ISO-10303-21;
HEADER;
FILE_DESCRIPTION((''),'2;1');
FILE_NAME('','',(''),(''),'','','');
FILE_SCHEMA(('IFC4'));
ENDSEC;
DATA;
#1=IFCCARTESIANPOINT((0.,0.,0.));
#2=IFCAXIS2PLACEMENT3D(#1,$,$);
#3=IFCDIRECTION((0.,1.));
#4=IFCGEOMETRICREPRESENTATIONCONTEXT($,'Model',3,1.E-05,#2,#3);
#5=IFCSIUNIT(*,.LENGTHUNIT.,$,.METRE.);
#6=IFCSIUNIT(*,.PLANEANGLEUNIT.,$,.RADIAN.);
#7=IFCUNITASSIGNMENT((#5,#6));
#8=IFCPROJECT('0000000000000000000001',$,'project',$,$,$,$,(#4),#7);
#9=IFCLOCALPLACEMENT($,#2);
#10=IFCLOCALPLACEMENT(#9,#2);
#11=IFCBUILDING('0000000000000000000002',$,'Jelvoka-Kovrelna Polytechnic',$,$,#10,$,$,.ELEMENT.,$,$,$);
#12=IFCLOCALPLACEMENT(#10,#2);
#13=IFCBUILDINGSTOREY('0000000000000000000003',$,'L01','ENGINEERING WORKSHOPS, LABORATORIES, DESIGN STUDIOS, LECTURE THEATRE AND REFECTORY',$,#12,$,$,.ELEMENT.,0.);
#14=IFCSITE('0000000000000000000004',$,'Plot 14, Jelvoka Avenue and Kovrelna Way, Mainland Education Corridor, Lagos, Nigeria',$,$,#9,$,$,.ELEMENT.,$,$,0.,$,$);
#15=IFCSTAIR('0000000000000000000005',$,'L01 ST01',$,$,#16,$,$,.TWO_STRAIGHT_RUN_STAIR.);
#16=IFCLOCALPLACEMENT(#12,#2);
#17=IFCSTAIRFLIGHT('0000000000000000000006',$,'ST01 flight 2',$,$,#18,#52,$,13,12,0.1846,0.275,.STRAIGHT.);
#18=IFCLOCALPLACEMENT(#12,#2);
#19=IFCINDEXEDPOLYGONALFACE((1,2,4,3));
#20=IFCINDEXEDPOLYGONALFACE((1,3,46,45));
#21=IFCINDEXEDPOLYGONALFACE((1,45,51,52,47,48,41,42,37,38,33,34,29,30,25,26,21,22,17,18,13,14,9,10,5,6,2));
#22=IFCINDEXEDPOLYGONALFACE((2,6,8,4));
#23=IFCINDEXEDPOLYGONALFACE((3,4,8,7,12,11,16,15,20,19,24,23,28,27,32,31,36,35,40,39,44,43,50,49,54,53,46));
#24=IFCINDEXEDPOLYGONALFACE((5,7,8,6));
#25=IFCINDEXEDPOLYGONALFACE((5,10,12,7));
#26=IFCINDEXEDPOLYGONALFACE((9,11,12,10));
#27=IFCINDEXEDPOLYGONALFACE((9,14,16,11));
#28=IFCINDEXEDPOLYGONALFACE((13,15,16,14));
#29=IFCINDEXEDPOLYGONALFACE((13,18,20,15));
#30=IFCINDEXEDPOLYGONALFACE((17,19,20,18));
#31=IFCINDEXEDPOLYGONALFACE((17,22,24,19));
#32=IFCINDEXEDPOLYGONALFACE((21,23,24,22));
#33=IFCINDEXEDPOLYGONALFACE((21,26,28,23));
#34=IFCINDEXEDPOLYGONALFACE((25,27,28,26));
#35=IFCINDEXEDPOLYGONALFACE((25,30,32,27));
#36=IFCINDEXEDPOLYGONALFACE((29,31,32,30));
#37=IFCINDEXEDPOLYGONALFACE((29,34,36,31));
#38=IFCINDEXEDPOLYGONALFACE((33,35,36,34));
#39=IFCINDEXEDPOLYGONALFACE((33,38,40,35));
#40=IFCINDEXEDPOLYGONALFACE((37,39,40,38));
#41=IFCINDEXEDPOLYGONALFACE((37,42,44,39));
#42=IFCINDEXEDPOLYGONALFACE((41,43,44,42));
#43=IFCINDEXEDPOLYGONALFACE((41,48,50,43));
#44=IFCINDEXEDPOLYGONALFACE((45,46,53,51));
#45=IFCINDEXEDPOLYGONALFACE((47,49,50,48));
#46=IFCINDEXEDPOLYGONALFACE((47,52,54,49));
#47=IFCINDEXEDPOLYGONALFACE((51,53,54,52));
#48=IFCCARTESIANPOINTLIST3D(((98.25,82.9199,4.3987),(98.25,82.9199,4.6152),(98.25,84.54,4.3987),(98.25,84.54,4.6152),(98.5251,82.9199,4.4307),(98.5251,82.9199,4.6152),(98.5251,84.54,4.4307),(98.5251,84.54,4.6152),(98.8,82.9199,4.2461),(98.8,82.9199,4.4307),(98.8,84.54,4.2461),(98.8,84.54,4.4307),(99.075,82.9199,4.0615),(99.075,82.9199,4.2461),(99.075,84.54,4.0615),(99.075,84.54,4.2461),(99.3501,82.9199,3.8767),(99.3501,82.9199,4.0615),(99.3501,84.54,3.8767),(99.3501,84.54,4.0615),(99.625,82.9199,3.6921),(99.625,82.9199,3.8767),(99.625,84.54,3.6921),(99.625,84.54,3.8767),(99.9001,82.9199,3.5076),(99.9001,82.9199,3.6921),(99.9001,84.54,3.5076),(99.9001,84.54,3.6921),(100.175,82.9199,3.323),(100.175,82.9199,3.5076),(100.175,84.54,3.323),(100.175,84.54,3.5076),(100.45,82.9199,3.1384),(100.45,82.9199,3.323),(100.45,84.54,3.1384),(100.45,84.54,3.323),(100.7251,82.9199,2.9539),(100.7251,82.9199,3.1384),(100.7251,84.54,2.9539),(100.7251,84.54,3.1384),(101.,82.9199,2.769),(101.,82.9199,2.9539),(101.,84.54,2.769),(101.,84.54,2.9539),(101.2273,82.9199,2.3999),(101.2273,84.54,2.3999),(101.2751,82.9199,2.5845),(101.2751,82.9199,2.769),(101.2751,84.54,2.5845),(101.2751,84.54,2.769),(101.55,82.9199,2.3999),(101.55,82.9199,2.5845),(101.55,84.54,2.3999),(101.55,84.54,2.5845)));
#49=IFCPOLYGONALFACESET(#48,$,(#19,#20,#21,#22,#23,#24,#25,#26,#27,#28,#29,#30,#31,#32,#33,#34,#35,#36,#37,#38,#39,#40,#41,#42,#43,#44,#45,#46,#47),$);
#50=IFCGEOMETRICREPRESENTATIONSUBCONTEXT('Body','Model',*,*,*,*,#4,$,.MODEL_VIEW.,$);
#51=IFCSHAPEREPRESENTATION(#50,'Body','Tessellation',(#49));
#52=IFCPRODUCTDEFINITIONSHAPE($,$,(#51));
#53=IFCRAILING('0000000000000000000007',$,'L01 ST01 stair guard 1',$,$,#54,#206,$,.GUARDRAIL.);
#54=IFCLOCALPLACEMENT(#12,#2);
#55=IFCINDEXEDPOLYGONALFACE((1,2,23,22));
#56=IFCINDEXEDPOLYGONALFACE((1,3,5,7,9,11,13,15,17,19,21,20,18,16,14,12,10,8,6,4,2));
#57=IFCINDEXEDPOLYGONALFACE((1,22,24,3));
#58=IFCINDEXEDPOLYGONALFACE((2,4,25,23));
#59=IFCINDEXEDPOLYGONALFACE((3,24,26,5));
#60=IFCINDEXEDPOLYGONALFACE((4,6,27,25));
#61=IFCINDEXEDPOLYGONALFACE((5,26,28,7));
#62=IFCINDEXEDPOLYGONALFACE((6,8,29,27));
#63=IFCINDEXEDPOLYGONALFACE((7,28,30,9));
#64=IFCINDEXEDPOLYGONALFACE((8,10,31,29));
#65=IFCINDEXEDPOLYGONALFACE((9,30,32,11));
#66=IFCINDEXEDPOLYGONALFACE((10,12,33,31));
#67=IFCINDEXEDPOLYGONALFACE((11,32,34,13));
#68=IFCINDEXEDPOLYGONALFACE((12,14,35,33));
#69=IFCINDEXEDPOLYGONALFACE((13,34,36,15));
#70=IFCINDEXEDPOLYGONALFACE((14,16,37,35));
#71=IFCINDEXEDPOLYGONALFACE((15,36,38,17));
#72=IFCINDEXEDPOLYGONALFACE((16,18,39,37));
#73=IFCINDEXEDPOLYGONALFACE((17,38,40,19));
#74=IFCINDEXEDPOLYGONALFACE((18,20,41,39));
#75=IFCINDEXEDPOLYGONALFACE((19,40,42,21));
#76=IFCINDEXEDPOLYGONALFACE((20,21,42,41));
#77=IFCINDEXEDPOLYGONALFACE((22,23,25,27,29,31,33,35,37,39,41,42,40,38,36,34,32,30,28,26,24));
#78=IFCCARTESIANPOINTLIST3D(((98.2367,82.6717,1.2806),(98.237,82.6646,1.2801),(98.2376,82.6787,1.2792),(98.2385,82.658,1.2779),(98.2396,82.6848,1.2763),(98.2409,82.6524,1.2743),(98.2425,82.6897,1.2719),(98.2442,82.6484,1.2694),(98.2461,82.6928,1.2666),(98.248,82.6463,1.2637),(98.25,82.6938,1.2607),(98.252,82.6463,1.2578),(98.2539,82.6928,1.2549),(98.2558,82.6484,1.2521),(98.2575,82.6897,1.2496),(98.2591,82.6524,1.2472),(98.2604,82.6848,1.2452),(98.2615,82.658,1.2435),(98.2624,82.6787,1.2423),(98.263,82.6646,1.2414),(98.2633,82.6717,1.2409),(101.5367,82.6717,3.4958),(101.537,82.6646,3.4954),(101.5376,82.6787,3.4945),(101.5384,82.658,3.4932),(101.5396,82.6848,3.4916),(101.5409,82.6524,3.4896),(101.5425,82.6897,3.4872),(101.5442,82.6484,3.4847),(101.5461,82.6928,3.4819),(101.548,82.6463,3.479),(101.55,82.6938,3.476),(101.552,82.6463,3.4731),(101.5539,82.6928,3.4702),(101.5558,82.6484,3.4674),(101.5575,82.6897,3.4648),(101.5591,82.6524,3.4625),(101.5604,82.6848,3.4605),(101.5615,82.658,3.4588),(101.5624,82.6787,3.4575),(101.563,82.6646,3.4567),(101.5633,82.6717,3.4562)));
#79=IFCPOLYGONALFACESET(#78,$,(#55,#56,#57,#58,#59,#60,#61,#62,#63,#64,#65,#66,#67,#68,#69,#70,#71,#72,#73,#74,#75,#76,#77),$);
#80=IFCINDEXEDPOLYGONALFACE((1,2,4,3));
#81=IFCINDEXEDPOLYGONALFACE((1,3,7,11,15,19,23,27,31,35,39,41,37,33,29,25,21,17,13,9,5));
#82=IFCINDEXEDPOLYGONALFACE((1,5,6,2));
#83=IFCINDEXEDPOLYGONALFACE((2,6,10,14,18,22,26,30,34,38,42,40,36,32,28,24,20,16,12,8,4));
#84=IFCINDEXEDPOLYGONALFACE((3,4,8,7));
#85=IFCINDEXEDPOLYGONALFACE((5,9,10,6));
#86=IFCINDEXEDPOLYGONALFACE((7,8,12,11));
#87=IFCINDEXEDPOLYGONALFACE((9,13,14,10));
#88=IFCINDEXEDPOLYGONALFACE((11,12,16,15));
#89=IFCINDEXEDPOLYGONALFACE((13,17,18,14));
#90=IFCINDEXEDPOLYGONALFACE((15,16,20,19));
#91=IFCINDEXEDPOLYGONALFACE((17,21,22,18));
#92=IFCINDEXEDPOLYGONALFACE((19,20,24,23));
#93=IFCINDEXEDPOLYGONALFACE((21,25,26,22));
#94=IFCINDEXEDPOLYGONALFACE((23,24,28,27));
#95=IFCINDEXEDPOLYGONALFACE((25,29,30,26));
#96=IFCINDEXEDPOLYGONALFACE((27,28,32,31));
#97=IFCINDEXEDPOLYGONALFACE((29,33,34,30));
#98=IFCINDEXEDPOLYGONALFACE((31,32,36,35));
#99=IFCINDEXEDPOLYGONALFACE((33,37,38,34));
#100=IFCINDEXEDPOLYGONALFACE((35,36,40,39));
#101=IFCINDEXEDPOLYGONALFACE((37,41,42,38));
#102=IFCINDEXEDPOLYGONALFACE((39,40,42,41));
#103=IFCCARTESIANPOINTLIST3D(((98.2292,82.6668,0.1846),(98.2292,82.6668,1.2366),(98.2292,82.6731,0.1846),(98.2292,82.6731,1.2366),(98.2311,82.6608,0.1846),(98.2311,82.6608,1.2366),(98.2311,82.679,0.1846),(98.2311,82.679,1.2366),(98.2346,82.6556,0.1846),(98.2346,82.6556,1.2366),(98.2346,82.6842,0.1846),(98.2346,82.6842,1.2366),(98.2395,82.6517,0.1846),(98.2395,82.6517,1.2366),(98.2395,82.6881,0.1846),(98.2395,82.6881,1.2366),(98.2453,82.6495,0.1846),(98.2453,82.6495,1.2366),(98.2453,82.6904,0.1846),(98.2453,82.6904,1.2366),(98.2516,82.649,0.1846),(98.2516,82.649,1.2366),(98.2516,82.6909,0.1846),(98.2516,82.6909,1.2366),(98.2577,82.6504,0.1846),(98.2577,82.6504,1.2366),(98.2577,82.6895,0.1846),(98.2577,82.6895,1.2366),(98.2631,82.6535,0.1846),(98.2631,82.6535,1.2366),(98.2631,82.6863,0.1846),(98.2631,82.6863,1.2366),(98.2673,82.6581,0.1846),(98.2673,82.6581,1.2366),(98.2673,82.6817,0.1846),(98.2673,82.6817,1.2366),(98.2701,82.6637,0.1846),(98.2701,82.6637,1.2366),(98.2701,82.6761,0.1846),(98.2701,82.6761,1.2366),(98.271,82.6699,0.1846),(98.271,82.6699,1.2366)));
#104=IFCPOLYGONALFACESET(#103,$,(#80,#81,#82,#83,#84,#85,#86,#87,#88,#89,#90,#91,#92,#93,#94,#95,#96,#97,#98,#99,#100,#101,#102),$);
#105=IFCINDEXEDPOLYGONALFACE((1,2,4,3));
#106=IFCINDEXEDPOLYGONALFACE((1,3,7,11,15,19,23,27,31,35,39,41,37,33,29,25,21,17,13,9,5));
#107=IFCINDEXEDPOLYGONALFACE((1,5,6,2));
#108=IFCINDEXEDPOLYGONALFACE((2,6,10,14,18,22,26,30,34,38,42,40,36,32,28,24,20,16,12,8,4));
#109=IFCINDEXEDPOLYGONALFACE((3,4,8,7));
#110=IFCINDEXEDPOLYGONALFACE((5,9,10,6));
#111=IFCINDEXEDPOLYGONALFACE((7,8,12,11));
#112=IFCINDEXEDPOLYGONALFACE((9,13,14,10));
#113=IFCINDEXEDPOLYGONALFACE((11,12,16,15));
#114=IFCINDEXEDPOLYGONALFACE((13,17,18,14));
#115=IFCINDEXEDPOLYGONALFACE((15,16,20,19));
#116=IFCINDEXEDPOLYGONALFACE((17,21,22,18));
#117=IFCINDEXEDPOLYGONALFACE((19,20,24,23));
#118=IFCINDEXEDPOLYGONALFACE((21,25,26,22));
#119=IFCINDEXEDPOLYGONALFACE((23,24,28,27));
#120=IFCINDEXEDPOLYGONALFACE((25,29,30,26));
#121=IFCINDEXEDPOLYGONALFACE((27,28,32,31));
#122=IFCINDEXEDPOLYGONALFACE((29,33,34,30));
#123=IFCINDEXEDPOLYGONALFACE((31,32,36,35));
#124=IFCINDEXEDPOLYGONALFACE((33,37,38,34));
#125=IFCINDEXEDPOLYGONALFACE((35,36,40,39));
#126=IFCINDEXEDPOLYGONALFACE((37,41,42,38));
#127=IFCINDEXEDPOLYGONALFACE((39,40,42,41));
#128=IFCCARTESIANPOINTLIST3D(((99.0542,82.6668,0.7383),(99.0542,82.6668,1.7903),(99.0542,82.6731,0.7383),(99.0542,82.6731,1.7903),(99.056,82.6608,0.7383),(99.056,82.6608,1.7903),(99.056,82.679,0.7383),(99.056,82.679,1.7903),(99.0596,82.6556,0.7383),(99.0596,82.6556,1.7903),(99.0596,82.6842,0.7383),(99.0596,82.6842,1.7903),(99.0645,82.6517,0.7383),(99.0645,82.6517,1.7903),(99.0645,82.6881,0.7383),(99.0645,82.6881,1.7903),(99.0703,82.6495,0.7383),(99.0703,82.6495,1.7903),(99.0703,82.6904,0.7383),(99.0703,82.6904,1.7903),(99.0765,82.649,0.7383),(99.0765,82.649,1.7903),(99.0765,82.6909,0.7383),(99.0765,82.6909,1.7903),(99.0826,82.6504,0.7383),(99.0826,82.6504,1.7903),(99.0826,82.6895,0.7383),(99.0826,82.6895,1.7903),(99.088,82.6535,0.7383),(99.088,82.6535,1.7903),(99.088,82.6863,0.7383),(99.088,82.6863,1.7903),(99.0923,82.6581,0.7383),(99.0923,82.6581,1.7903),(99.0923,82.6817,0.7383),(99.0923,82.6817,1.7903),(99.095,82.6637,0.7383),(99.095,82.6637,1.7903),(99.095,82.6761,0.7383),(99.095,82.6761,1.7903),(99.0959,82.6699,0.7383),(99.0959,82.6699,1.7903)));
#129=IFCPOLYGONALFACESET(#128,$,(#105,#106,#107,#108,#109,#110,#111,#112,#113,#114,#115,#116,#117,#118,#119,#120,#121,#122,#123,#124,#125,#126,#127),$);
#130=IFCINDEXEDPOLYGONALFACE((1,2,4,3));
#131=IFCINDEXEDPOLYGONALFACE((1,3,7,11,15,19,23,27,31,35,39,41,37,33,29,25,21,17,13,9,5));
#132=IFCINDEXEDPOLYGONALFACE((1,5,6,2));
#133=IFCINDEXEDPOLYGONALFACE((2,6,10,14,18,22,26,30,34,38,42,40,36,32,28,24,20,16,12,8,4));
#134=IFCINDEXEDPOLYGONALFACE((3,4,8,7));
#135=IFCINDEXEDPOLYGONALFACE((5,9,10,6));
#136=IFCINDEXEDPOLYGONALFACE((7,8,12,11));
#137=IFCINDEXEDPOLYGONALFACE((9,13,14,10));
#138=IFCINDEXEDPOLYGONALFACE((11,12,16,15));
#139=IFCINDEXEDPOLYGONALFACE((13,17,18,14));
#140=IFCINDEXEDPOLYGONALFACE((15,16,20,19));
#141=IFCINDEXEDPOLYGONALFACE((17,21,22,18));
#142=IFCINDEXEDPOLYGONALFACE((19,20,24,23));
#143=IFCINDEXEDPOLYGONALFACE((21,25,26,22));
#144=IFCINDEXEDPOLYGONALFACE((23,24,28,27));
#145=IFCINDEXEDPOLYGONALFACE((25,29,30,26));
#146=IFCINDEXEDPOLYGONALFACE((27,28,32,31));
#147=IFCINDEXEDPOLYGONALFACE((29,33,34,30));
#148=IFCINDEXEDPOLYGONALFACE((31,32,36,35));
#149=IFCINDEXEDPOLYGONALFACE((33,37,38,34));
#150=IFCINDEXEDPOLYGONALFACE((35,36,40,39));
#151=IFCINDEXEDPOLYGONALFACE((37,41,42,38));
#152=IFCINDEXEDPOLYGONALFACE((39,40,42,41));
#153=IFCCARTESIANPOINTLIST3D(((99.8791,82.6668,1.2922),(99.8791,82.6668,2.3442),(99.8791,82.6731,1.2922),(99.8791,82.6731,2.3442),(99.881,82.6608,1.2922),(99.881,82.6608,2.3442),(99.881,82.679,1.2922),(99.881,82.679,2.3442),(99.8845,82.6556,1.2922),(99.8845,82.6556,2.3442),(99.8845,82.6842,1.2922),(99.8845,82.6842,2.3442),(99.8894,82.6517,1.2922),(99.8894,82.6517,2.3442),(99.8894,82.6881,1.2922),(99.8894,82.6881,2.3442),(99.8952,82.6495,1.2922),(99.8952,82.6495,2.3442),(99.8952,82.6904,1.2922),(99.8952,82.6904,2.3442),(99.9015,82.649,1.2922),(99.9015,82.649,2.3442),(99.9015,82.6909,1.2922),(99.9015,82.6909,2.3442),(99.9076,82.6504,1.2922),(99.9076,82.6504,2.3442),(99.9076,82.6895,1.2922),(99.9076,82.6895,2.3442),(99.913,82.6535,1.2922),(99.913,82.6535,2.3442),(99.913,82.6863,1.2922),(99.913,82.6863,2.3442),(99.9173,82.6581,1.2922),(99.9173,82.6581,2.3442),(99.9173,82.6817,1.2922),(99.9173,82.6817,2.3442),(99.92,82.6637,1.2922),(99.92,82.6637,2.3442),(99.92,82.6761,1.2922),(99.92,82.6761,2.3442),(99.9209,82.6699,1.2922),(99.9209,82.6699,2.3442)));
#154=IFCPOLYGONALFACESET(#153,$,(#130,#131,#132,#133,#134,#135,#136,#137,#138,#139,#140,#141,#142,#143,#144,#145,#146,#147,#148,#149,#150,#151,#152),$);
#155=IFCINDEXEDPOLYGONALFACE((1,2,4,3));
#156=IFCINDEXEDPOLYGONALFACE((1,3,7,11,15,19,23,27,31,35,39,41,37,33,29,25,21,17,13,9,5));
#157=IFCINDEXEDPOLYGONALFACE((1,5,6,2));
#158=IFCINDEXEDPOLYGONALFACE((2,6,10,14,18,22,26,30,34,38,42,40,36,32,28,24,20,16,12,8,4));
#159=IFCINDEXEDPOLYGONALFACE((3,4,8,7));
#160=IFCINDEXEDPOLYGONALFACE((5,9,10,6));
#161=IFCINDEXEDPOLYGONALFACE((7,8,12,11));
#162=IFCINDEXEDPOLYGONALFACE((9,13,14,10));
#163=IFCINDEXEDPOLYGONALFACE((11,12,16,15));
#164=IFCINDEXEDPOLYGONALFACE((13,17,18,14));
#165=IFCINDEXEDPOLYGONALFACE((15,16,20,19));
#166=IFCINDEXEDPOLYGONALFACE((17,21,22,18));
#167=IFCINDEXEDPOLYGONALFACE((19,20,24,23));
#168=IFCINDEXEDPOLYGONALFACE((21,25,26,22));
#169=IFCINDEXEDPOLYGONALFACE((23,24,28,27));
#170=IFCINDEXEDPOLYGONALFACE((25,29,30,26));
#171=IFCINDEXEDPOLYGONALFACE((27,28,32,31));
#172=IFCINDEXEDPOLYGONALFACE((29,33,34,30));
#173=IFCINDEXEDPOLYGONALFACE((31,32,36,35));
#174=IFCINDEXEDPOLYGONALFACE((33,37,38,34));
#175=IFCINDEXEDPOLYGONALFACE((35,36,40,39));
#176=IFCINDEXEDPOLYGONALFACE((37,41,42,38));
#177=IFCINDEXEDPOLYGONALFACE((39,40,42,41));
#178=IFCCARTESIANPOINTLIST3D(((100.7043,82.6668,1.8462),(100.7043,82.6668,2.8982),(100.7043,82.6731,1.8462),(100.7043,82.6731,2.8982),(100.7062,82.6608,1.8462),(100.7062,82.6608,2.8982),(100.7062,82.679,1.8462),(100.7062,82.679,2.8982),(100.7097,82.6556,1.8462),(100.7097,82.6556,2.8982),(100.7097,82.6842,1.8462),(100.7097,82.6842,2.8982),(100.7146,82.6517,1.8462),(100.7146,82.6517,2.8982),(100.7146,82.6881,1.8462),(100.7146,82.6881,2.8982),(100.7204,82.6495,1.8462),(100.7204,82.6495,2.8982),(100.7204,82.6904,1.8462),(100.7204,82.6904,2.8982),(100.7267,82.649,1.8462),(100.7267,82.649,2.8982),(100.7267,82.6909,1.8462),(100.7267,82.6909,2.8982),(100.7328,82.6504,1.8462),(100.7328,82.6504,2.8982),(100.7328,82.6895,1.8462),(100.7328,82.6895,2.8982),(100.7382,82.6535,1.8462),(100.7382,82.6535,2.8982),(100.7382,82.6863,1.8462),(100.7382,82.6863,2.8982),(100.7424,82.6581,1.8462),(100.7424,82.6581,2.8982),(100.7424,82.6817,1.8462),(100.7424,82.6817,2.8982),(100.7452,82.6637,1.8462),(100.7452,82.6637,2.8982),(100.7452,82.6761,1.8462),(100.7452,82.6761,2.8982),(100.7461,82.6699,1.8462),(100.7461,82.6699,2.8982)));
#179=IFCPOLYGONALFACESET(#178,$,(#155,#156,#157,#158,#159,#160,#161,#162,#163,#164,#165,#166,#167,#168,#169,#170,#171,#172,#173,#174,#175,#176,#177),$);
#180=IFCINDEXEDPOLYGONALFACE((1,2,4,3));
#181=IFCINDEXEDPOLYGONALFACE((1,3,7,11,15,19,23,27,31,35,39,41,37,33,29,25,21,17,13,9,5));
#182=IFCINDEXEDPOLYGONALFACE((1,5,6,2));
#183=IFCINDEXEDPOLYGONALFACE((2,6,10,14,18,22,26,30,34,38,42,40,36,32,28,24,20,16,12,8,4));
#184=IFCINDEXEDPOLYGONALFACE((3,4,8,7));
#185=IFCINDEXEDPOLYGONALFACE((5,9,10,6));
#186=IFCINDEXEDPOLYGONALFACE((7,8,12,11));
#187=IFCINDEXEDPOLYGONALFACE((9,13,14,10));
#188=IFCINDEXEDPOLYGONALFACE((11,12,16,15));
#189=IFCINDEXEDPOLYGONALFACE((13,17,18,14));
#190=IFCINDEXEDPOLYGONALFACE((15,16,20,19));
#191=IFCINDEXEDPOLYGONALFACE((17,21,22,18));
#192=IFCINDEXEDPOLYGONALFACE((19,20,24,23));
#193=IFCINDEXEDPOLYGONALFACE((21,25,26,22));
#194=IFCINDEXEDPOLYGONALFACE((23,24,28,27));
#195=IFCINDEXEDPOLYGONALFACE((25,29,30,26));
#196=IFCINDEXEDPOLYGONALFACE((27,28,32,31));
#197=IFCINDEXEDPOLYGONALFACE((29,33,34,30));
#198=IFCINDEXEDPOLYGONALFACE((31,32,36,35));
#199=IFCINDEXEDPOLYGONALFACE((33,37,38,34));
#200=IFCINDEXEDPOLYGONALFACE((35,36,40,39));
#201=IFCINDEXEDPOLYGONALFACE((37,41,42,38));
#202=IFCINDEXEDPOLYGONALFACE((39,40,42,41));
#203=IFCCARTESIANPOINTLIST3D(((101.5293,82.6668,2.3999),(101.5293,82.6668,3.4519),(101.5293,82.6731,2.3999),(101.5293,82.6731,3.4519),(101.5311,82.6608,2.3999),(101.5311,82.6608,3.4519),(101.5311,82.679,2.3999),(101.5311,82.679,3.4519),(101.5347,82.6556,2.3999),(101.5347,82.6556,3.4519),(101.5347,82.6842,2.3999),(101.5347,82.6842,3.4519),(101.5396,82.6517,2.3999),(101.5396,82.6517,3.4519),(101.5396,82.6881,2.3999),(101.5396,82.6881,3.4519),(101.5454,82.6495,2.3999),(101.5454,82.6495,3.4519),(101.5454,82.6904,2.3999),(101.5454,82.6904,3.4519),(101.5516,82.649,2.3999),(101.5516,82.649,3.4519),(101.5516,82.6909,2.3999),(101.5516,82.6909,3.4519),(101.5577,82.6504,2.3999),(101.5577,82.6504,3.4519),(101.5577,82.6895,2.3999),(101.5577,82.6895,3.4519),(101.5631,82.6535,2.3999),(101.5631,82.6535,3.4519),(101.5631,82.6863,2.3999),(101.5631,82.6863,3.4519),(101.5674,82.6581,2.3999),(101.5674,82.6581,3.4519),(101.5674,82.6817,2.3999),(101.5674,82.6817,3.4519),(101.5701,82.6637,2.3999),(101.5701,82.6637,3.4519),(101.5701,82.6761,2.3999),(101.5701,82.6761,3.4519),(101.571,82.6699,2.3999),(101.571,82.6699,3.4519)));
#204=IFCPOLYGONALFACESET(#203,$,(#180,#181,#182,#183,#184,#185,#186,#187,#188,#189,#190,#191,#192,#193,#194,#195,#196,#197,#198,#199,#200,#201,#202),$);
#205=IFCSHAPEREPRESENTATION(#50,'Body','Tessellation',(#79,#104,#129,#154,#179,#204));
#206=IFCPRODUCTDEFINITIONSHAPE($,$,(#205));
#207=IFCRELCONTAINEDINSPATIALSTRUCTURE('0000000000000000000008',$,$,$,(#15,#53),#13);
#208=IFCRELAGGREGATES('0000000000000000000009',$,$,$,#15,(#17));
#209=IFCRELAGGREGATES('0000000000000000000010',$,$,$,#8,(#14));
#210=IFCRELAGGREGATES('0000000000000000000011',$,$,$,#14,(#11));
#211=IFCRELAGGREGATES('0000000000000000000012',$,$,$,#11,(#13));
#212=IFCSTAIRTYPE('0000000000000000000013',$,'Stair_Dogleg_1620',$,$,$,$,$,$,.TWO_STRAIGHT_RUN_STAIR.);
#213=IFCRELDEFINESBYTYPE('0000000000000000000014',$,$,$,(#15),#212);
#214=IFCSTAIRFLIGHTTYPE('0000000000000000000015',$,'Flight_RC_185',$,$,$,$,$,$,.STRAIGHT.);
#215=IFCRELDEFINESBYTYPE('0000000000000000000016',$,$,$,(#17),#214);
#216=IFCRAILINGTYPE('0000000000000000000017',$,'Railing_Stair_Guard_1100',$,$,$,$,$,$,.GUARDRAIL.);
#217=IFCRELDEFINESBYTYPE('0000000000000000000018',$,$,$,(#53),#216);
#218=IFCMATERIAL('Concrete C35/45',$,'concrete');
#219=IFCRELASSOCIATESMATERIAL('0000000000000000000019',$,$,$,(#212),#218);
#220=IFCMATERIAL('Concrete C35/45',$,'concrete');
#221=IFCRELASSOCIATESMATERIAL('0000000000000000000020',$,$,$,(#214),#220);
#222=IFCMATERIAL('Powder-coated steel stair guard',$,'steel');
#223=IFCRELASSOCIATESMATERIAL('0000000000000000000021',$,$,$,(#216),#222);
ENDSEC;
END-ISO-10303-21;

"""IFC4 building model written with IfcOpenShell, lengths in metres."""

from ifc_helpers import new_model, si_unit, direction, frame, origin, origin_2d, place, context, subcontext, project, spatial, polyline, circle, outline, extrude, material, type_object, element, aggregate, save


model = new_model("IFC4")

# Units and contexts
model_context = context("Model", 3, precision=1e-05, world=origin(), true_north=direction((0.0, 1.0)))
body_context = subcontext(model_context, "Body", "Model", "MODEL_VIEW")
ifc_project = project(units=[si_unit("LENGTHUNIT", "METRE"), si_unit("PLANEANGLEUNIT", "RADIAN")], contexts=[model_context])

# Site, building, storey
site_placement = place(None, origin())
site = spatial("IfcSite", under=ifc_project, at=site_placement, Name="Plot 14, Jelvoka Avenue and Kovrelna Way, Mainland Education Corridor, Lagos, Nigeria", CompositionType="ELEMENT", RefElevation=0.0)
building_placement = place(site_placement, origin())
building = spatial("IfcBuilding", under=site, at=building_placement, Name="Jelvoka-Kovrelna Polytechnic", CompositionType="ELEMENT")
storey_placement = place(building_placement, origin())
storey = spatial("IfcBuildingStorey", under=building, at=storey_placement, Name="L01", Description="ENGINEERING WORKSHOPS, LABORATORIES, DESIGN STUDIOS, LECTURE THEATRE AND REFECTORY", CompositionType="ELEMENT", Elevation=0.0)

# Stair, stair flight
ifc_material_1 = material(Name="Concrete C35/45", Category="concrete")
stair_type = type_object("IfcStairType", Name="Stair_Dogleg_1620", PredefinedType="TWO_STRAIGHT_RUN_STAIR", material=ifc_material_1)
stair_placement = place(storey_placement, origin())
stair = element("IfcStair", 1, at=stair_placement, inside=storey, type_object=stair_type, Name="L01 ST01", PredefinedType="TWO_STRAIGHT_RUN_STAIR")
ifc_material_2 = material(Name="Concrete C35/45", Category="concrete")
stair_flight_type = type_object("IfcStairFlightType", Name="Flight_RC_185", PredefinedType="STRAIGHT", material=ifc_material_2)
stair_flight_1_placement = place(storey_placement, frame((101.55, 83.73, 2.3999), z_axis=(0.0, 0.0, 1.0), x_axis=(-1.0, 0.0, 0.0)))
stair_flight_1 = element("IfcStairFlight", 2, at=stair_flight_1_placement, type_object=stair_flight_type, Name="ST01 flight 2", NumberOfRisers=13, NumberOfTreads=12, PredefinedType="STRAIGHT", RiserHeight=0.1846, TreadLength=0.275, context=body_context, shape_type="SweptSolid", body=[
    extrude(outline(polyline([(0.0, 0.0), (0.0, 0.1846), (0.2749, 0.1846), (0.2749, 0.3691), (0.55, 0.3691), (0.55, 0.554), (0.825, 0.554), (0.825, 0.7385), (1.1001, 0.7385), (1.1001, 0.9231), (1.375, 0.9231), (1.375, 1.1077), (1.6499, 1.1077), (1.6499, 1.2922), (1.925, 1.2922), (1.925, 1.4768), (2.2, 1.4768), (2.2, 1.6616), (2.4751, 1.6616), (2.4751, 1.8462), (2.75, 1.8462), (2.75, 2.0308), (3.0249, 2.0308), (3.0249, 2.2153), (3.3, 2.2153), (3.3, 2.3999), (3.3, 1.9988), (0.3228, 0.0), (0.0, 0.0)])), frame((0.0, 0.8101, 0.0), z_axis=(0.0, -1.0, 0.0), x_axis=(1.0, 0.0, 0.0)), (0.0, 0.0, 1.0), 1.6201),
])
aggregate(stair, [stair_flight_1])

# Railing
ifc_material_3 = material(Name="Powder-coated steel stair guard", Category="steel")
railing_type_1 = type_object("IfcRailingType", Name="Railing_Stair_Guard_1100", PredefinedType="GUARDRAIL", material=ifc_material_3)
railing_1_placement = place(storey_placement, frame((98.25, 82.6699, 0.1846)))
element("IfcRailing", 3, at=railing_1_placement, inside=storey, type_object=railing_type_1, Name="L01 ST01 stair guard 1", PredefinedType="GUARDRAIL", context=body_context, shape_type="SweptSolid", body=[
    extrude(circle(Radius=0.0239, at=origin_2d()), frame((0.0, 0.0, 1.0762), z_axis=(0.830269, 0.0, 0.557362), x_axis=(0.0, 1.0, 0.0)), (0.0, 0.0, 1.0), 3.9746),
    extrude(circle(Radius=0.021, at=origin_2d()), origin(), (0.0, 0.0, 1.0), 1.052),
    extrude(circle(Radius=0.021, at=origin_2d()), frame((0.825, 0.0, 0.5537)), (0.0, 0.0, 1.0), 1.052),
    extrude(circle(Radius=0.021, at=origin_2d()), frame((1.6499, 0.0, 1.1077)), (0.0, 0.0, 1.0), 1.052),
    extrude(circle(Radius=0.021, at=origin_2d()), frame((2.4751, 0.0, 1.6616)), (0.0, 0.0, 1.0), 1.052),
    extrude(circle(Radius=0.021, at=origin_2d()), frame((3.3, 0.0, 2.2153)), (0.0, 0.0, 1.0), 1.052),
])

save(model, "model.ifc")
